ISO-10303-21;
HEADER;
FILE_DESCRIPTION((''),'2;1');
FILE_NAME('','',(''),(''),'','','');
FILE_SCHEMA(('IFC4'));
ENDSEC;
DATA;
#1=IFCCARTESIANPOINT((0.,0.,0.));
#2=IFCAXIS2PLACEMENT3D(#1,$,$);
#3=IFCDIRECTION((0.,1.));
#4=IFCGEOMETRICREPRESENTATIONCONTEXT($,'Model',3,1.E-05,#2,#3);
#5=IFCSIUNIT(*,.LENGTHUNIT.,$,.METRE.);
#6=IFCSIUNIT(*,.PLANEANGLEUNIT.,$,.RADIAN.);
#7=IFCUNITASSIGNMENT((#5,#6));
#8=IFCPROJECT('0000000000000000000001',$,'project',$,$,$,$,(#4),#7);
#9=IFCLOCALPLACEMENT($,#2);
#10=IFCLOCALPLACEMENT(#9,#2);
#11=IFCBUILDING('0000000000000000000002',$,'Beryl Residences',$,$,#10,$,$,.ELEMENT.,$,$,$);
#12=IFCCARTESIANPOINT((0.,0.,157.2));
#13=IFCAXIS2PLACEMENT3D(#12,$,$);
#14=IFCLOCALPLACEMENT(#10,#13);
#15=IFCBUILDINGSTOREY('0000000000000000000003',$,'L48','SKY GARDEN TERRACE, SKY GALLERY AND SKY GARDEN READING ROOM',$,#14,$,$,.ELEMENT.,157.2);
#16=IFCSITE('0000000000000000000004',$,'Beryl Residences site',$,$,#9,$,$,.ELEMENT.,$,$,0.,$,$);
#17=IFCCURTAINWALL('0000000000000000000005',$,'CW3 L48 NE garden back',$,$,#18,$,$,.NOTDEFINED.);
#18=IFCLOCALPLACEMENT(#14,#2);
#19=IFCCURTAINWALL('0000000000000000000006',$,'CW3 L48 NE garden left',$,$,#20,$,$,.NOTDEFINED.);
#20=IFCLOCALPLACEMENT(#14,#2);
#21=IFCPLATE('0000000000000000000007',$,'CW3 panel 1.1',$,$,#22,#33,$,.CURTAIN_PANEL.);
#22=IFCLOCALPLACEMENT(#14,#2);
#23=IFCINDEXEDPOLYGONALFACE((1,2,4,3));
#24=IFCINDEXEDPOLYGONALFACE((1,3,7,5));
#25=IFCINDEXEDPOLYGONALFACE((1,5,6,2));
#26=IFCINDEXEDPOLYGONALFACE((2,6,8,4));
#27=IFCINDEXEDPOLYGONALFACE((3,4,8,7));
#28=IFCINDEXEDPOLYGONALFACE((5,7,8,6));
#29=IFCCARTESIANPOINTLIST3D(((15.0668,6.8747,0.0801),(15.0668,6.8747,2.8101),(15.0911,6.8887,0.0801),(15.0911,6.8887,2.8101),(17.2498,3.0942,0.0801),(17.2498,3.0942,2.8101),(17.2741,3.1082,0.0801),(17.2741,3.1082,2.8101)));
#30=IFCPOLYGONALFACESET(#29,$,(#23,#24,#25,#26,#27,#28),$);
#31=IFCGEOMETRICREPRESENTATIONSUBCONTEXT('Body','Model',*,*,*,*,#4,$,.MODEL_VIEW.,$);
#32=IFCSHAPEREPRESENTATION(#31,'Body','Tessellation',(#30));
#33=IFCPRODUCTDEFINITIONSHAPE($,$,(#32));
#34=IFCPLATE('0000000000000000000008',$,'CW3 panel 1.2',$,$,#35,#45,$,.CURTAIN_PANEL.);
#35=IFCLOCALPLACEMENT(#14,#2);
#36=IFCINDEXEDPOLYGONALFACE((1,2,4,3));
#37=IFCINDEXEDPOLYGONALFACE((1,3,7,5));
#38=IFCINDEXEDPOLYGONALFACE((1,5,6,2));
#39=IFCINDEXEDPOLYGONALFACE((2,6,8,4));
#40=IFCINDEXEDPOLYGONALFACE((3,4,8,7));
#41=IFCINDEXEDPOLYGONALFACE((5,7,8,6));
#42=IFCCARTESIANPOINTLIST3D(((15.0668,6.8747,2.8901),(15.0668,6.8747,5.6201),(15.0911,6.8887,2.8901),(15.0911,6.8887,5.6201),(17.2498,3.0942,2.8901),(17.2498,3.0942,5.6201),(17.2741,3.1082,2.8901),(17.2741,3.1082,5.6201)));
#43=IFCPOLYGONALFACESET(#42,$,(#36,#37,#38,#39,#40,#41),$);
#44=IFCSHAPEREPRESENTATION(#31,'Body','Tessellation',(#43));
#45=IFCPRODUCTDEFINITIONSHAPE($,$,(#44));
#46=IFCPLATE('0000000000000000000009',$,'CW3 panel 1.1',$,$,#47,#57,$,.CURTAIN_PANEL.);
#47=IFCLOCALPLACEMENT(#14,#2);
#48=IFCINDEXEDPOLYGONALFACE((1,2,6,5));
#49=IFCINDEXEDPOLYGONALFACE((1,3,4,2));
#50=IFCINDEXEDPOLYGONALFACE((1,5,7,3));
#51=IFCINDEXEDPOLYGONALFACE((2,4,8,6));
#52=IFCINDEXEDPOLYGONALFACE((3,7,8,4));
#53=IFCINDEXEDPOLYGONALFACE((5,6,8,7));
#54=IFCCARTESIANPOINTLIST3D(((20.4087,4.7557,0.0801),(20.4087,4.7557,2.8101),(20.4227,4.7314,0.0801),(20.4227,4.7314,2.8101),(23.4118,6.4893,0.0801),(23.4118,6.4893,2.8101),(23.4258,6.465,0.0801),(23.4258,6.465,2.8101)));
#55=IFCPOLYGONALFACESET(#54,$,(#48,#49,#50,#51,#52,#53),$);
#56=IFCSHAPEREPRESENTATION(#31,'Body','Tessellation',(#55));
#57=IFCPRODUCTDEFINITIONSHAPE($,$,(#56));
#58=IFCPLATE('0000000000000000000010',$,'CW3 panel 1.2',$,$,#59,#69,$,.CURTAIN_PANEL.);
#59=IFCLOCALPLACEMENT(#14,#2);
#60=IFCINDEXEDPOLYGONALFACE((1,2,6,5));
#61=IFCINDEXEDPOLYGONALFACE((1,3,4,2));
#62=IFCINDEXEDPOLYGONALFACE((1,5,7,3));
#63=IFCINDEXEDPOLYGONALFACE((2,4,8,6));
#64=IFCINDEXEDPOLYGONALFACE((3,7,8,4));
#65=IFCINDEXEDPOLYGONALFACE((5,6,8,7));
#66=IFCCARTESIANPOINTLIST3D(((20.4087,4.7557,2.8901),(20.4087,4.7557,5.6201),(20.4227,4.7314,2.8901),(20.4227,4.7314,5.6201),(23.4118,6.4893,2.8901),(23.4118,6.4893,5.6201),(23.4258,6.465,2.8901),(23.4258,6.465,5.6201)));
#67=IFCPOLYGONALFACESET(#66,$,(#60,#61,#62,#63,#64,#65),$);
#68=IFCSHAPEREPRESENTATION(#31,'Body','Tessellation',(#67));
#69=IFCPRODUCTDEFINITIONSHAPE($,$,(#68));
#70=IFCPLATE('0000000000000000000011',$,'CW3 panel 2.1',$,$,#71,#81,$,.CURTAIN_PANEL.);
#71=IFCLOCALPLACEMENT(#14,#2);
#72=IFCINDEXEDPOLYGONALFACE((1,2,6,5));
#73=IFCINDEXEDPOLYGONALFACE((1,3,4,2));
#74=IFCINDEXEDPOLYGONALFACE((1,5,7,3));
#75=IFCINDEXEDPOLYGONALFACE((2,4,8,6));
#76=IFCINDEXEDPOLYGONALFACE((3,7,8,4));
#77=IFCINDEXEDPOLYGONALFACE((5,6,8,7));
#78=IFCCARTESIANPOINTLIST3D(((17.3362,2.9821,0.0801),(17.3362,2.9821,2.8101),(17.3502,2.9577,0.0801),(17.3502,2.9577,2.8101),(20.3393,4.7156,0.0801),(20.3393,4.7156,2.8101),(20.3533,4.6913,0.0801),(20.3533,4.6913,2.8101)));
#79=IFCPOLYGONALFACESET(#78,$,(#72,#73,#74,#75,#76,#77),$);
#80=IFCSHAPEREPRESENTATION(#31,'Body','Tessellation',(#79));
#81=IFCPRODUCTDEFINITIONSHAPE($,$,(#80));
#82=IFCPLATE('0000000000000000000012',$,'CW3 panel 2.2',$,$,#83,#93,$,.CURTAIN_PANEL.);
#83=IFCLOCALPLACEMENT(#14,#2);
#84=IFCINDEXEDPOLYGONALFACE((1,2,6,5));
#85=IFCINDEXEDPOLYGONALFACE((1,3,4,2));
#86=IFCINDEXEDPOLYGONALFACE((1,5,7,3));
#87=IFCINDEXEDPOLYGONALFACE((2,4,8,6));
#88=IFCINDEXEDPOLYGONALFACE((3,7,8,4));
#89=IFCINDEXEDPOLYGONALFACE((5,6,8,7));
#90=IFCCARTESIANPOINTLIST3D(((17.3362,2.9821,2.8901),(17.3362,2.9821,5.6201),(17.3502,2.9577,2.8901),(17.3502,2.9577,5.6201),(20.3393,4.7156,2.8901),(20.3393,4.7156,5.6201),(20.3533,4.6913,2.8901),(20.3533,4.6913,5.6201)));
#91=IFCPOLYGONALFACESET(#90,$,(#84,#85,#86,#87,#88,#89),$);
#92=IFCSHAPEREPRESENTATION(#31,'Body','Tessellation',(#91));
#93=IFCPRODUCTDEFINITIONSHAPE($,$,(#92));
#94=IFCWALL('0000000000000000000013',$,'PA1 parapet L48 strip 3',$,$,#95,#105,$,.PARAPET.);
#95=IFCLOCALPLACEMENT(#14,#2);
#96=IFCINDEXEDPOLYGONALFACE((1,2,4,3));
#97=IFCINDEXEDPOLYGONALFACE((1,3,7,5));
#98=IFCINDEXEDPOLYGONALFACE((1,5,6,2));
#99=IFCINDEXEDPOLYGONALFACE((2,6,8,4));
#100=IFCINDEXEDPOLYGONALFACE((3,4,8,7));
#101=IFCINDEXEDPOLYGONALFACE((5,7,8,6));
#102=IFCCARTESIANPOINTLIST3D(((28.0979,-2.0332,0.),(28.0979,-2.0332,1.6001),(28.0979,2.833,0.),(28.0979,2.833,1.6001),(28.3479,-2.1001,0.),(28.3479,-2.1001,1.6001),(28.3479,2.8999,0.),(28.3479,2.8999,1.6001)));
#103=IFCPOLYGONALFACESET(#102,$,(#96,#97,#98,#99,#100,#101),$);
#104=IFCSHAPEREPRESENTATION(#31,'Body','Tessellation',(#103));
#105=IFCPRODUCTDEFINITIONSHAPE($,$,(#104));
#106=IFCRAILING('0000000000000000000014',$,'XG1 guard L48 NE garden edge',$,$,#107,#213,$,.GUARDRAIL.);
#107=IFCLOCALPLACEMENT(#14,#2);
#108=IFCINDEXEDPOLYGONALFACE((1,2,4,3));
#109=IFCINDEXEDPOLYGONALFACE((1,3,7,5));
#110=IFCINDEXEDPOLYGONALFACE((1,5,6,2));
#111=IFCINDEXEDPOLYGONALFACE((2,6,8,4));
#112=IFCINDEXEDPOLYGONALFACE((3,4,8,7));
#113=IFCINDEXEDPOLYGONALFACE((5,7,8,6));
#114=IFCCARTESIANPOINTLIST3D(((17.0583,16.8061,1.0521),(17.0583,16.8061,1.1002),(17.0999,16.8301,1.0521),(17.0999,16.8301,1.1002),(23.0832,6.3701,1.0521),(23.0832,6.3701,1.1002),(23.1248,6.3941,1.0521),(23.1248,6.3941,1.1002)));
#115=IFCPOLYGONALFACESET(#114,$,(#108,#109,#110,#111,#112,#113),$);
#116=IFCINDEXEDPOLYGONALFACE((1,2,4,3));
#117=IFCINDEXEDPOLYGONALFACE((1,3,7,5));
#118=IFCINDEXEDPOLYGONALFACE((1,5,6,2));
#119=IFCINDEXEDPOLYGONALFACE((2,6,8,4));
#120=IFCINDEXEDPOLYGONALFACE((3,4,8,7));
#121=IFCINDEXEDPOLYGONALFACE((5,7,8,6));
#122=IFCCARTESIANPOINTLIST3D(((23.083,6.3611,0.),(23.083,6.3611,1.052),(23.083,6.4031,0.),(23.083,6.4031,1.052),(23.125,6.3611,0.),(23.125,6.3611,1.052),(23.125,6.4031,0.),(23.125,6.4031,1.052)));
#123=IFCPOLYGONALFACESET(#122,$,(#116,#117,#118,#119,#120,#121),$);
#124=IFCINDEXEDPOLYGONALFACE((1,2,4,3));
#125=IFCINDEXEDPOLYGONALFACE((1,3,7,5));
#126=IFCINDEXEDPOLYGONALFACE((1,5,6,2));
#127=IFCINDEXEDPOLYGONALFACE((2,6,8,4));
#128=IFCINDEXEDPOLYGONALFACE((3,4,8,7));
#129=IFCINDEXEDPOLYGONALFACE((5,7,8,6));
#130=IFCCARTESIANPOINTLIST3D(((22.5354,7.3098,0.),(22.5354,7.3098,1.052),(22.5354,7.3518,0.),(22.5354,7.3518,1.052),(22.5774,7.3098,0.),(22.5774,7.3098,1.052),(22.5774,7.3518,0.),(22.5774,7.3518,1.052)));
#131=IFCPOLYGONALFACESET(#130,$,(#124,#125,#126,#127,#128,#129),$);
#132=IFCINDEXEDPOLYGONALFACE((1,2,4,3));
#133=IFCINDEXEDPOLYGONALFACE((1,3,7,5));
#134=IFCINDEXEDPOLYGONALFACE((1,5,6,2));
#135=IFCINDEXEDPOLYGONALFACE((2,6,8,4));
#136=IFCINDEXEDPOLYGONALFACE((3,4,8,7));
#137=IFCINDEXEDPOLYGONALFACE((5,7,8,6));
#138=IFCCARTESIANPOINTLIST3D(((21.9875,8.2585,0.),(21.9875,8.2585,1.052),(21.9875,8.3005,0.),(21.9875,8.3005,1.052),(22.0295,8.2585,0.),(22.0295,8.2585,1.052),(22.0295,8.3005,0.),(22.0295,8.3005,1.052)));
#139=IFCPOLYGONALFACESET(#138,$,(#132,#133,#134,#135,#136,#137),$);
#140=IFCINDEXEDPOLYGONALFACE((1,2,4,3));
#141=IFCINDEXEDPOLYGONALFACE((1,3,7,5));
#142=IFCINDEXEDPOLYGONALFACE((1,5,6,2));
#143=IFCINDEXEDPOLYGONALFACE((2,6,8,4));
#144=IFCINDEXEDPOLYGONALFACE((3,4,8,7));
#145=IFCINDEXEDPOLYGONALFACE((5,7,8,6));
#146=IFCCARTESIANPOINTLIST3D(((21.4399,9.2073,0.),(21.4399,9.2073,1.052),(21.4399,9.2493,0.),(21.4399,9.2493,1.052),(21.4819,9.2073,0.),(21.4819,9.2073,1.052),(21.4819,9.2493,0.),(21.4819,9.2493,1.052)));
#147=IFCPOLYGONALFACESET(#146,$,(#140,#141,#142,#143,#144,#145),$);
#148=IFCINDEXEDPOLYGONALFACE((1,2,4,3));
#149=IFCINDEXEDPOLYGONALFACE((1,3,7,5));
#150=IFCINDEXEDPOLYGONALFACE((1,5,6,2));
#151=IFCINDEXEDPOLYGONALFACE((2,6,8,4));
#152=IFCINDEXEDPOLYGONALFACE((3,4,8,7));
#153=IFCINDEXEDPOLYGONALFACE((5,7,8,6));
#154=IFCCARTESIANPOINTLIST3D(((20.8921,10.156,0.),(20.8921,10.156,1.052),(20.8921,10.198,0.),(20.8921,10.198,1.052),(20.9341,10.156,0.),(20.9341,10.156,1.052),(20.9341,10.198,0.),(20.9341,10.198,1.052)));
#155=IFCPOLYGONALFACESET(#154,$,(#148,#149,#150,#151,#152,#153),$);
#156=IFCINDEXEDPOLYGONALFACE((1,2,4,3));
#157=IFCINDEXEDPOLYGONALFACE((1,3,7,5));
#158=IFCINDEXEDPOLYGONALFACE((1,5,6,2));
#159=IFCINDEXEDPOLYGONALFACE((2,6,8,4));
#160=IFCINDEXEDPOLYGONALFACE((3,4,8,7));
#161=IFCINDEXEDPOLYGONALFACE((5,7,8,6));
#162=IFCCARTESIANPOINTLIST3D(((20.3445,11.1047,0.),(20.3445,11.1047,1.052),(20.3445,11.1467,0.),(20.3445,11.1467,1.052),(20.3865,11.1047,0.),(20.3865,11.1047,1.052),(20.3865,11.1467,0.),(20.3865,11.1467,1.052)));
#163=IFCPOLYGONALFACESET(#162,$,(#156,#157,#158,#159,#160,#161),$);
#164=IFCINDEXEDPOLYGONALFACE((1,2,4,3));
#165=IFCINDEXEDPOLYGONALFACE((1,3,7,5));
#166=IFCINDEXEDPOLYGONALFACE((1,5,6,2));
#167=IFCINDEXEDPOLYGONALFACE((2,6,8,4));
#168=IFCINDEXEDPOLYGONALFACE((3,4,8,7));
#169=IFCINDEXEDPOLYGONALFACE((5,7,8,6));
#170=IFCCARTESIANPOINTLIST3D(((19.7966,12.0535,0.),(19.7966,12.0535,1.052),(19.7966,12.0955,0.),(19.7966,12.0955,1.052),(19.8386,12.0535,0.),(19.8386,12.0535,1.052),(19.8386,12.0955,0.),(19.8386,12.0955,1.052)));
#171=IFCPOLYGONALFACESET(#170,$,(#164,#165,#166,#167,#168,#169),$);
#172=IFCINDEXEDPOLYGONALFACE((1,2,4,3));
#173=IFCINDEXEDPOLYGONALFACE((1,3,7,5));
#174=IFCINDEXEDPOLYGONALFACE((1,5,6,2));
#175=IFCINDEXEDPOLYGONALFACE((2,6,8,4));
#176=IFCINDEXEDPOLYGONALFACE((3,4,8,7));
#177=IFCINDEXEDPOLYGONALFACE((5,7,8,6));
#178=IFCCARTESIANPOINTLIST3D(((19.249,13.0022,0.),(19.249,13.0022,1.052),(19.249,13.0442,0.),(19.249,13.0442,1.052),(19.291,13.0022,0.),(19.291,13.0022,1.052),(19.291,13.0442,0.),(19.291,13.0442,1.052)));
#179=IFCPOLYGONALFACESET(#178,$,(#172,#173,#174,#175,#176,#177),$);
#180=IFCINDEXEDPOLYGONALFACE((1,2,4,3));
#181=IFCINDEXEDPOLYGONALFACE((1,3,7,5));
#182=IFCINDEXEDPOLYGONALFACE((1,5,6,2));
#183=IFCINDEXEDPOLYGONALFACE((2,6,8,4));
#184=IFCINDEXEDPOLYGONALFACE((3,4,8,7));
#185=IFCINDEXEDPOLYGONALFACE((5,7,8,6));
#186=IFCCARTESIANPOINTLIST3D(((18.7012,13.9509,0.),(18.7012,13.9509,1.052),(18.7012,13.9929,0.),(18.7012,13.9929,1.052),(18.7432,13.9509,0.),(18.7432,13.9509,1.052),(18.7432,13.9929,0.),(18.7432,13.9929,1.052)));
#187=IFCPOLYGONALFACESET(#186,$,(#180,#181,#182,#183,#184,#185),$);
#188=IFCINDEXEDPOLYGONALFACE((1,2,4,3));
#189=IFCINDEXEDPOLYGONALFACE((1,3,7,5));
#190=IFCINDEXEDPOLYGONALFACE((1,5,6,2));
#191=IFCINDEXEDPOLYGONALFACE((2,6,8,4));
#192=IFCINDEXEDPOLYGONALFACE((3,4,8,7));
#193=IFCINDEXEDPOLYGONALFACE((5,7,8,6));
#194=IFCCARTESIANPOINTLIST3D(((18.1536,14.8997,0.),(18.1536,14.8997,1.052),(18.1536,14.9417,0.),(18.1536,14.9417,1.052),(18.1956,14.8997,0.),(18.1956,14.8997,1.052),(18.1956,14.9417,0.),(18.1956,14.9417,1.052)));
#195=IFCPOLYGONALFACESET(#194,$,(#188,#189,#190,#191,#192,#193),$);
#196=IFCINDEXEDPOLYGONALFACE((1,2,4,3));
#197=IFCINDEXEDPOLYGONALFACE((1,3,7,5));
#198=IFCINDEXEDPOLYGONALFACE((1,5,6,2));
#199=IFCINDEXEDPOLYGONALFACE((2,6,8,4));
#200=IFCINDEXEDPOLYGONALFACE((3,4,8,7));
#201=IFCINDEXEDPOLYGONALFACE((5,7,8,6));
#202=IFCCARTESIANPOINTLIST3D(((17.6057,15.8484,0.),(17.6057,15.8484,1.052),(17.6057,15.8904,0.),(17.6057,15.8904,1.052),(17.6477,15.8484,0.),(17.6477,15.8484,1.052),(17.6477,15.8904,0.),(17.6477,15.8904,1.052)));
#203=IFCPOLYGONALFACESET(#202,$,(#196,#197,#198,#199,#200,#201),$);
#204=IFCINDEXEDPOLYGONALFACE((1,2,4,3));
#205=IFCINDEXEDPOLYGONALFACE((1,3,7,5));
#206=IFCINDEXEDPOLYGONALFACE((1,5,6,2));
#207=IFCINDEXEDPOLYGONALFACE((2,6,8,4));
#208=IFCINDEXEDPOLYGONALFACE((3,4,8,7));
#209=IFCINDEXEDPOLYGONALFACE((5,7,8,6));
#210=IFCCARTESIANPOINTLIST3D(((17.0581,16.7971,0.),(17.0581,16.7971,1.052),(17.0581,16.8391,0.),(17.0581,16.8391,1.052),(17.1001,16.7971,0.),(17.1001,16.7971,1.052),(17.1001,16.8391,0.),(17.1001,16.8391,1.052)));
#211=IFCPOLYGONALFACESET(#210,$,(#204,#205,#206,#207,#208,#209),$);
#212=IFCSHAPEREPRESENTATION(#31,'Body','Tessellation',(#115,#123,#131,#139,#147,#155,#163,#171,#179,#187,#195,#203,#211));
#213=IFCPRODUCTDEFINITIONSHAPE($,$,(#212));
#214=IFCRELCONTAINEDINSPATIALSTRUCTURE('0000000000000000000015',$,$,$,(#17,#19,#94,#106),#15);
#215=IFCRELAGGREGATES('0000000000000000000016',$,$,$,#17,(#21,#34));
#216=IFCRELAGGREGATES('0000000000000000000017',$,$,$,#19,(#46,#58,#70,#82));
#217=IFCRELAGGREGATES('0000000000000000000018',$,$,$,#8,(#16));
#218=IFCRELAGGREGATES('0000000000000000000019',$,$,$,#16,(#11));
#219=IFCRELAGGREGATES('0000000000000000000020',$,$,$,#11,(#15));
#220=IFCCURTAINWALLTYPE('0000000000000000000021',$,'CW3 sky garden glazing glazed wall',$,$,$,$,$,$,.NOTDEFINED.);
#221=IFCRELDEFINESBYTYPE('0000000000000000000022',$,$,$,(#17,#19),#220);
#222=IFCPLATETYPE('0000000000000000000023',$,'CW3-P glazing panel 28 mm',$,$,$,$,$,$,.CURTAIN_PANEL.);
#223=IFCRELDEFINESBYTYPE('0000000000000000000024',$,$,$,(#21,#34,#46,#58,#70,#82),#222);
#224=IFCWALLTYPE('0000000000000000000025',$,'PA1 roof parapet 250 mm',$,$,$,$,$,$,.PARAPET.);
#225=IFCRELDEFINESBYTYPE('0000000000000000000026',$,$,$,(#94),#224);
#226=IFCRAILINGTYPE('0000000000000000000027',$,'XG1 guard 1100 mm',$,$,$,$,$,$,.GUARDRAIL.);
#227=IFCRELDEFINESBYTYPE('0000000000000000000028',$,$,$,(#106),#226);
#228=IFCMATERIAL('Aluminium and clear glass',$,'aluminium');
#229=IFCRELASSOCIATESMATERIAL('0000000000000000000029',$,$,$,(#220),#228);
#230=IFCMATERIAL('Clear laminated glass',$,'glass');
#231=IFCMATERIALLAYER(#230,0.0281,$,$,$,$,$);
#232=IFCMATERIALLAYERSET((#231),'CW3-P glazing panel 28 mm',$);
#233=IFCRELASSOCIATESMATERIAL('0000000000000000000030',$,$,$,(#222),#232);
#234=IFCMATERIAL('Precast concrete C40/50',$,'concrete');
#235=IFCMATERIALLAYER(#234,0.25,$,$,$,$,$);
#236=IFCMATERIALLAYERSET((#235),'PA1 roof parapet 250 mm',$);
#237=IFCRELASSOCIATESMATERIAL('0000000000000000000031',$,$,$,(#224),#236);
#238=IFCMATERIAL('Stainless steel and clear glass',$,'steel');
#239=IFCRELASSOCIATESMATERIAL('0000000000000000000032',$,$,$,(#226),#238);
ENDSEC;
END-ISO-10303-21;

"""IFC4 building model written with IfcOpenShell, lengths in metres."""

from ifc_helpers import new_model, si_unit, direction, frame, origin, origin_2d, place, context, subcontext, project, spatial, polyline, rectangle, outline, extrude, material, layer, layer_set, type_object, element, aggregate, save


model = new_model("IFC4")

# Units and contexts
model_context = context("Model", 3, precision=1e-05, world=origin(), true_north=direction((0.0, 1.0)))
body_context = subcontext(model_context, "Body", "Model", "MODEL_VIEW")
ifc_project = project(units=[si_unit("LENGTHUNIT", "METRE"), si_unit("PLANEANGLEUNIT", "RADIAN")], contexts=[model_context])

# Site, building, storey
site_placement = place(None, origin())
site = spatial("IfcSite", under=ifc_project, at=site_placement, Name="Beryl Residences site", CompositionType="ELEMENT", RefElevation=0.0)
building_placement = place(site_placement, origin())
building = spatial("IfcBuilding", under=site, at=building_placement, Name="Beryl Residences", CompositionType="ELEMENT")
storey_placement = place(building_placement, frame((0.0, 0.0, 157.2)))
storey = spatial("IfcBuildingStorey", under=building, at=storey_placement, Name="L48", Description="SKY GARDEN TERRACE, SKY GALLERY AND SKY GARDEN READING ROOM", CompositionType="ELEMENT", Elevation=157.2)

# Shared definitions
ifc_material_1 = material(Name="Aluminium and clear glass", Category="aluminium")
curtain_wall_type = type_object("IfcCurtainWallType", Name="CW3 sky garden glazing glazed wall", PredefinedType="NOTDEFINED", material=ifc_material_1)

# Curtain wall
curtain_wall_1_placement = place(storey_placement, origin())
curtain_wall_1 = element("IfcCurtainWall", 1, at=curtain_wall_1_placement, inside=storey, type_object=curtain_wall_type, Name="CW3 L48 NE garden back", PredefinedType="NOTDEFINED")

# Curtain wall
curtain_wall_2_placement = place(storey_placement, origin())
curtain_wall_2 = element("IfcCurtainWall", 2, at=curtain_wall_2_placement, inside=storey, type_object=curtain_wall_type, Name="CW3 L48 NE garden left", PredefinedType="NOTDEFINED")

# Plates
ifc_material_2 = material(Name="Clear laminated glass", Category="glass")
ifc_layer_1 = layer(ifc_material_2, 0.0281)
ifc_layer_set_1 = layer_set([ifc_layer_1], Name="CW3-P glazing panel 28 mm")
plate_type = type_object("IfcPlateType", Name="CW3-P glazing panel 28 mm", PredefinedType="CURTAIN_PANEL", material=ifc_layer_set_1)
plate_1_placement = place(storey_placement, frame((16.1704, 4.9915, 0.0801), z_axis=(0.0, 0.0, 1.0), x_axis=(-0.50006, 0.865991, 0.0)))
plate_1 = element("IfcPlate", 3, at=plate_1_placement, type_object=plate_type, Name="CW3 panel 1.1", PredefinedType="CURTAIN_PANEL", context=body_context, shape_type="SweptSolid", body=[
    extrude(rectangle(XDim=4.3655, YDim=0.0281, at=origin_2d()), origin(), (0.0, 0.0, 1.0), 2.73),
])
plate_2_placement = place(storey_placement, frame((16.1704, 4.9915, 2.8901), z_axis=(0.0, 0.0, 1.0), x_axis=(-0.50006, 0.865991, 0.0)))
plate_2 = element("IfcPlate", 4, at=plate_2_placement, type_object=plate_type, Name="CW3 panel 1.2", PredefinedType="CURTAIN_PANEL", context=body_context, shape_type="SweptSolid", body=[
    extrude(rectangle(XDim=4.3655, YDim=0.0281, at=origin_2d()), origin(), (0.0, 0.0, 1.0), 2.73),
])
aggregate(curtain_wall_1, [plate_1, plate_2])
plate_3_placement = place(storey_placement, frame((21.9172, 5.6104, 0.0801), z_axis=(0.0, 0.0, 1.0), x_axis=(-0.866065, -0.499932, 0.0)))
plate_3 = element("IfcPlate", 5, at=plate_3_placement, type_object=plate_type, Name="CW3 panel 1.1", PredefinedType="CURTAIN_PANEL", context=body_context, shape_type="SweptSolid", body=[
    extrude(rectangle(XDim=3.4675, YDim=0.0281, at=origin_2d()), origin(), (0.0, 0.0, 1.0), 2.73),
])
plate_4_placement = place(storey_placement, frame((21.9172, 5.6104, 2.8901), z_axis=(0.0, 0.0, 1.0), x_axis=(-0.866065, -0.499932, 0.0)))
plate_4 = element("IfcPlate", 6, at=plate_4_placement, type_object=plate_type, Name="CW3 panel 1.2", PredefinedType="CURTAIN_PANEL", context=body_context, shape_type="SweptSolid", body=[
    extrude(rectangle(XDim=3.4675, YDim=0.0281, at=origin_2d()), origin(), (0.0, 0.0, 1.0), 2.73),
])
plate_5_placement = place(storey_placement, frame((18.8447, 3.8367, 0.0801), z_axis=(0.0, 0.0, 1.0), x_axis=(-0.866065, -0.499932, 0.0)))
plate_5 = element("IfcPlate", 7, at=plate_5_placement, type_object=plate_type, Name="CW3 panel 2.1", PredefinedType="CURTAIN_PANEL", context=body_context, shape_type="SweptSolid", body=[
    extrude(rectangle(XDim=3.4675, YDim=0.0281, at=origin_2d()), origin(), (0.0, 0.0, 1.0), 2.73),
])
plate_6_placement = place(storey_placement, frame((18.8447, 3.8367, 2.8901), z_axis=(0.0, 0.0, 1.0), x_axis=(-0.866065, -0.499932, 0.0)))
plate_6 = element("IfcPlate", 8, at=plate_6_placement, type_object=plate_type, Name="CW3 panel 2.2", PredefinedType="CURTAIN_PANEL", context=body_context, shape_type="SweptSolid", body=[
    extrude(rectangle(XDim=3.4675, YDim=0.0281, at=origin_2d()), origin(), (0.0, 0.0, 1.0), 2.73),
])
aggregate(curtain_wall_2, [plate_3, plate_4, plate_5, plate_6])

# Wall
ifc_material_3 = material(Name="Precast concrete C40/50", Category="concrete")
ifc_layer_2 = layer(ifc_material_3, 0.25)
ifc_layer_set_2 = layer_set([ifc_layer_2], Name="PA1 roof parapet 250 mm")
wall_type = type_object("IfcWallType", Name="PA1 roof parapet 250 mm", PredefinedType="PARAPET", material=ifc_layer_set_2)
wall_placement = place(storey_placement, frame((28.2229, 2.8999, 0.0), z_axis=(0.0, 0.0, 1.0), x_axis=(0.0, -1.0, 0.0)))
element("IfcWall", 9, at=wall_placement, inside=storey, type_object=wall_type, Name="PA1 parapet L48 strip 3", PredefinedType="PARAPET", context=body_context, shape_type="SweptSolid", body=[
    extrude(outline(polyline([(0.0669, -0.125), (4.9331, -0.125), (5.0, 0.125), (0.0, 0.125), (0.0669, -0.125)])), origin(), (0.0, 0.0, 1.0), 1.6001),
])

# Railing
ifc_material_4 = material(Name="Stainless steel and clear glass", Category="steel")
railing_type = type_object("IfcRailingType", Name="XG1 guard 1100 mm", PredefinedType="GUARDRAIL", material=ifc_material_4)
railing_placement = place(storey_placement, frame((23.104, 6.3821, 0.0)))
element("IfcRailing", 10, at=railing_placement, inside=storey, type_object=railing_type, Name="XG1 guard L48 NE garden edge", PredefinedType="GUARDRAIL", context=body_context, shape_type="SweptSolid", body=[
    extrude(rectangle(XDim=0.0481, YDim=0.0481, at=origin_2d()), frame((0.0, 0.0, 1.0762), z_axis=(-0.499979, 0.866038, 0.0), x_axis=(-0.866038, -0.499979, 0.0)), (0.0, 0.0, 1.0), 12.0503),
    extrude(rectangle(XDim=0.042, YDim=0.042, at=origin_2d()), origin(), (0.0, 0.0, 1.0), 1.052),
    extrude(rectangle(XDim=0.042, YDim=0.042, at=origin_2d()), frame((-0.5476, 0.9487, 0.0)), (0.0, 0.0, 1.0), 1.052),
    extrude(rectangle(XDim=0.042, YDim=0.042, at=origin_2d()), frame((-1.0955, 1.8975, 0.0)), (0.0, 0.0, 1.0), 1.052),
    extrude(rectangle(XDim=0.042, YDim=0.042, at=origin_2d()), frame((-1.6431, 2.8462, 0.0)), (0.0, 0.0, 1.0), 1.052),
    extrude(rectangle(XDim=0.042, YDim=0.042, at=origin_2d()), frame((-2.1909, 3.7949, 0.0)), (0.0, 0.0, 1.0), 1.052),
    extrude(rectangle(XDim=0.042, YDim=0.042, at=origin_2d()), frame((-2.7385, 4.7437, 0.0)), (0.0, 0.0, 1.0), 1.052),
    extrude(rectangle(XDim=0.042, YDim=0.042, at=origin_2d()), frame((-3.2864, 5.6924, 0.0)), (0.0, 0.0, 1.0), 1.052),
    extrude(rectangle(XDim=0.042, YDim=0.042, at=origin_2d()), frame((-3.834, 6.6411, 0.0)), (0.0, 0.0, 1.0), 1.052),
    extrude(rectangle(XDim=0.042, YDim=0.042, at=origin_2d()), frame((-4.3818, 7.5898, 0.0)), (0.0, 0.0, 1.0), 1.052),
    extrude(rectangle(XDim=0.042, YDim=0.042, at=origin_2d()), frame((-4.9294, 8.5386, 0.0)), (0.0, 0.0, 1.0), 1.052),
    extrude(rectangle(XDim=0.042, YDim=0.042, at=origin_2d()), frame((-5.4773, 9.4873, 0.0)), (0.0, 0.0, 1.0), 1.052),
    extrude(rectangle(XDim=0.042, YDim=0.042, at=origin_2d()), frame((-6.0249, 10.436, 0.0)), (0.0, 0.0, 1.0), 1.052),
])

save(model, "model.ifc")
